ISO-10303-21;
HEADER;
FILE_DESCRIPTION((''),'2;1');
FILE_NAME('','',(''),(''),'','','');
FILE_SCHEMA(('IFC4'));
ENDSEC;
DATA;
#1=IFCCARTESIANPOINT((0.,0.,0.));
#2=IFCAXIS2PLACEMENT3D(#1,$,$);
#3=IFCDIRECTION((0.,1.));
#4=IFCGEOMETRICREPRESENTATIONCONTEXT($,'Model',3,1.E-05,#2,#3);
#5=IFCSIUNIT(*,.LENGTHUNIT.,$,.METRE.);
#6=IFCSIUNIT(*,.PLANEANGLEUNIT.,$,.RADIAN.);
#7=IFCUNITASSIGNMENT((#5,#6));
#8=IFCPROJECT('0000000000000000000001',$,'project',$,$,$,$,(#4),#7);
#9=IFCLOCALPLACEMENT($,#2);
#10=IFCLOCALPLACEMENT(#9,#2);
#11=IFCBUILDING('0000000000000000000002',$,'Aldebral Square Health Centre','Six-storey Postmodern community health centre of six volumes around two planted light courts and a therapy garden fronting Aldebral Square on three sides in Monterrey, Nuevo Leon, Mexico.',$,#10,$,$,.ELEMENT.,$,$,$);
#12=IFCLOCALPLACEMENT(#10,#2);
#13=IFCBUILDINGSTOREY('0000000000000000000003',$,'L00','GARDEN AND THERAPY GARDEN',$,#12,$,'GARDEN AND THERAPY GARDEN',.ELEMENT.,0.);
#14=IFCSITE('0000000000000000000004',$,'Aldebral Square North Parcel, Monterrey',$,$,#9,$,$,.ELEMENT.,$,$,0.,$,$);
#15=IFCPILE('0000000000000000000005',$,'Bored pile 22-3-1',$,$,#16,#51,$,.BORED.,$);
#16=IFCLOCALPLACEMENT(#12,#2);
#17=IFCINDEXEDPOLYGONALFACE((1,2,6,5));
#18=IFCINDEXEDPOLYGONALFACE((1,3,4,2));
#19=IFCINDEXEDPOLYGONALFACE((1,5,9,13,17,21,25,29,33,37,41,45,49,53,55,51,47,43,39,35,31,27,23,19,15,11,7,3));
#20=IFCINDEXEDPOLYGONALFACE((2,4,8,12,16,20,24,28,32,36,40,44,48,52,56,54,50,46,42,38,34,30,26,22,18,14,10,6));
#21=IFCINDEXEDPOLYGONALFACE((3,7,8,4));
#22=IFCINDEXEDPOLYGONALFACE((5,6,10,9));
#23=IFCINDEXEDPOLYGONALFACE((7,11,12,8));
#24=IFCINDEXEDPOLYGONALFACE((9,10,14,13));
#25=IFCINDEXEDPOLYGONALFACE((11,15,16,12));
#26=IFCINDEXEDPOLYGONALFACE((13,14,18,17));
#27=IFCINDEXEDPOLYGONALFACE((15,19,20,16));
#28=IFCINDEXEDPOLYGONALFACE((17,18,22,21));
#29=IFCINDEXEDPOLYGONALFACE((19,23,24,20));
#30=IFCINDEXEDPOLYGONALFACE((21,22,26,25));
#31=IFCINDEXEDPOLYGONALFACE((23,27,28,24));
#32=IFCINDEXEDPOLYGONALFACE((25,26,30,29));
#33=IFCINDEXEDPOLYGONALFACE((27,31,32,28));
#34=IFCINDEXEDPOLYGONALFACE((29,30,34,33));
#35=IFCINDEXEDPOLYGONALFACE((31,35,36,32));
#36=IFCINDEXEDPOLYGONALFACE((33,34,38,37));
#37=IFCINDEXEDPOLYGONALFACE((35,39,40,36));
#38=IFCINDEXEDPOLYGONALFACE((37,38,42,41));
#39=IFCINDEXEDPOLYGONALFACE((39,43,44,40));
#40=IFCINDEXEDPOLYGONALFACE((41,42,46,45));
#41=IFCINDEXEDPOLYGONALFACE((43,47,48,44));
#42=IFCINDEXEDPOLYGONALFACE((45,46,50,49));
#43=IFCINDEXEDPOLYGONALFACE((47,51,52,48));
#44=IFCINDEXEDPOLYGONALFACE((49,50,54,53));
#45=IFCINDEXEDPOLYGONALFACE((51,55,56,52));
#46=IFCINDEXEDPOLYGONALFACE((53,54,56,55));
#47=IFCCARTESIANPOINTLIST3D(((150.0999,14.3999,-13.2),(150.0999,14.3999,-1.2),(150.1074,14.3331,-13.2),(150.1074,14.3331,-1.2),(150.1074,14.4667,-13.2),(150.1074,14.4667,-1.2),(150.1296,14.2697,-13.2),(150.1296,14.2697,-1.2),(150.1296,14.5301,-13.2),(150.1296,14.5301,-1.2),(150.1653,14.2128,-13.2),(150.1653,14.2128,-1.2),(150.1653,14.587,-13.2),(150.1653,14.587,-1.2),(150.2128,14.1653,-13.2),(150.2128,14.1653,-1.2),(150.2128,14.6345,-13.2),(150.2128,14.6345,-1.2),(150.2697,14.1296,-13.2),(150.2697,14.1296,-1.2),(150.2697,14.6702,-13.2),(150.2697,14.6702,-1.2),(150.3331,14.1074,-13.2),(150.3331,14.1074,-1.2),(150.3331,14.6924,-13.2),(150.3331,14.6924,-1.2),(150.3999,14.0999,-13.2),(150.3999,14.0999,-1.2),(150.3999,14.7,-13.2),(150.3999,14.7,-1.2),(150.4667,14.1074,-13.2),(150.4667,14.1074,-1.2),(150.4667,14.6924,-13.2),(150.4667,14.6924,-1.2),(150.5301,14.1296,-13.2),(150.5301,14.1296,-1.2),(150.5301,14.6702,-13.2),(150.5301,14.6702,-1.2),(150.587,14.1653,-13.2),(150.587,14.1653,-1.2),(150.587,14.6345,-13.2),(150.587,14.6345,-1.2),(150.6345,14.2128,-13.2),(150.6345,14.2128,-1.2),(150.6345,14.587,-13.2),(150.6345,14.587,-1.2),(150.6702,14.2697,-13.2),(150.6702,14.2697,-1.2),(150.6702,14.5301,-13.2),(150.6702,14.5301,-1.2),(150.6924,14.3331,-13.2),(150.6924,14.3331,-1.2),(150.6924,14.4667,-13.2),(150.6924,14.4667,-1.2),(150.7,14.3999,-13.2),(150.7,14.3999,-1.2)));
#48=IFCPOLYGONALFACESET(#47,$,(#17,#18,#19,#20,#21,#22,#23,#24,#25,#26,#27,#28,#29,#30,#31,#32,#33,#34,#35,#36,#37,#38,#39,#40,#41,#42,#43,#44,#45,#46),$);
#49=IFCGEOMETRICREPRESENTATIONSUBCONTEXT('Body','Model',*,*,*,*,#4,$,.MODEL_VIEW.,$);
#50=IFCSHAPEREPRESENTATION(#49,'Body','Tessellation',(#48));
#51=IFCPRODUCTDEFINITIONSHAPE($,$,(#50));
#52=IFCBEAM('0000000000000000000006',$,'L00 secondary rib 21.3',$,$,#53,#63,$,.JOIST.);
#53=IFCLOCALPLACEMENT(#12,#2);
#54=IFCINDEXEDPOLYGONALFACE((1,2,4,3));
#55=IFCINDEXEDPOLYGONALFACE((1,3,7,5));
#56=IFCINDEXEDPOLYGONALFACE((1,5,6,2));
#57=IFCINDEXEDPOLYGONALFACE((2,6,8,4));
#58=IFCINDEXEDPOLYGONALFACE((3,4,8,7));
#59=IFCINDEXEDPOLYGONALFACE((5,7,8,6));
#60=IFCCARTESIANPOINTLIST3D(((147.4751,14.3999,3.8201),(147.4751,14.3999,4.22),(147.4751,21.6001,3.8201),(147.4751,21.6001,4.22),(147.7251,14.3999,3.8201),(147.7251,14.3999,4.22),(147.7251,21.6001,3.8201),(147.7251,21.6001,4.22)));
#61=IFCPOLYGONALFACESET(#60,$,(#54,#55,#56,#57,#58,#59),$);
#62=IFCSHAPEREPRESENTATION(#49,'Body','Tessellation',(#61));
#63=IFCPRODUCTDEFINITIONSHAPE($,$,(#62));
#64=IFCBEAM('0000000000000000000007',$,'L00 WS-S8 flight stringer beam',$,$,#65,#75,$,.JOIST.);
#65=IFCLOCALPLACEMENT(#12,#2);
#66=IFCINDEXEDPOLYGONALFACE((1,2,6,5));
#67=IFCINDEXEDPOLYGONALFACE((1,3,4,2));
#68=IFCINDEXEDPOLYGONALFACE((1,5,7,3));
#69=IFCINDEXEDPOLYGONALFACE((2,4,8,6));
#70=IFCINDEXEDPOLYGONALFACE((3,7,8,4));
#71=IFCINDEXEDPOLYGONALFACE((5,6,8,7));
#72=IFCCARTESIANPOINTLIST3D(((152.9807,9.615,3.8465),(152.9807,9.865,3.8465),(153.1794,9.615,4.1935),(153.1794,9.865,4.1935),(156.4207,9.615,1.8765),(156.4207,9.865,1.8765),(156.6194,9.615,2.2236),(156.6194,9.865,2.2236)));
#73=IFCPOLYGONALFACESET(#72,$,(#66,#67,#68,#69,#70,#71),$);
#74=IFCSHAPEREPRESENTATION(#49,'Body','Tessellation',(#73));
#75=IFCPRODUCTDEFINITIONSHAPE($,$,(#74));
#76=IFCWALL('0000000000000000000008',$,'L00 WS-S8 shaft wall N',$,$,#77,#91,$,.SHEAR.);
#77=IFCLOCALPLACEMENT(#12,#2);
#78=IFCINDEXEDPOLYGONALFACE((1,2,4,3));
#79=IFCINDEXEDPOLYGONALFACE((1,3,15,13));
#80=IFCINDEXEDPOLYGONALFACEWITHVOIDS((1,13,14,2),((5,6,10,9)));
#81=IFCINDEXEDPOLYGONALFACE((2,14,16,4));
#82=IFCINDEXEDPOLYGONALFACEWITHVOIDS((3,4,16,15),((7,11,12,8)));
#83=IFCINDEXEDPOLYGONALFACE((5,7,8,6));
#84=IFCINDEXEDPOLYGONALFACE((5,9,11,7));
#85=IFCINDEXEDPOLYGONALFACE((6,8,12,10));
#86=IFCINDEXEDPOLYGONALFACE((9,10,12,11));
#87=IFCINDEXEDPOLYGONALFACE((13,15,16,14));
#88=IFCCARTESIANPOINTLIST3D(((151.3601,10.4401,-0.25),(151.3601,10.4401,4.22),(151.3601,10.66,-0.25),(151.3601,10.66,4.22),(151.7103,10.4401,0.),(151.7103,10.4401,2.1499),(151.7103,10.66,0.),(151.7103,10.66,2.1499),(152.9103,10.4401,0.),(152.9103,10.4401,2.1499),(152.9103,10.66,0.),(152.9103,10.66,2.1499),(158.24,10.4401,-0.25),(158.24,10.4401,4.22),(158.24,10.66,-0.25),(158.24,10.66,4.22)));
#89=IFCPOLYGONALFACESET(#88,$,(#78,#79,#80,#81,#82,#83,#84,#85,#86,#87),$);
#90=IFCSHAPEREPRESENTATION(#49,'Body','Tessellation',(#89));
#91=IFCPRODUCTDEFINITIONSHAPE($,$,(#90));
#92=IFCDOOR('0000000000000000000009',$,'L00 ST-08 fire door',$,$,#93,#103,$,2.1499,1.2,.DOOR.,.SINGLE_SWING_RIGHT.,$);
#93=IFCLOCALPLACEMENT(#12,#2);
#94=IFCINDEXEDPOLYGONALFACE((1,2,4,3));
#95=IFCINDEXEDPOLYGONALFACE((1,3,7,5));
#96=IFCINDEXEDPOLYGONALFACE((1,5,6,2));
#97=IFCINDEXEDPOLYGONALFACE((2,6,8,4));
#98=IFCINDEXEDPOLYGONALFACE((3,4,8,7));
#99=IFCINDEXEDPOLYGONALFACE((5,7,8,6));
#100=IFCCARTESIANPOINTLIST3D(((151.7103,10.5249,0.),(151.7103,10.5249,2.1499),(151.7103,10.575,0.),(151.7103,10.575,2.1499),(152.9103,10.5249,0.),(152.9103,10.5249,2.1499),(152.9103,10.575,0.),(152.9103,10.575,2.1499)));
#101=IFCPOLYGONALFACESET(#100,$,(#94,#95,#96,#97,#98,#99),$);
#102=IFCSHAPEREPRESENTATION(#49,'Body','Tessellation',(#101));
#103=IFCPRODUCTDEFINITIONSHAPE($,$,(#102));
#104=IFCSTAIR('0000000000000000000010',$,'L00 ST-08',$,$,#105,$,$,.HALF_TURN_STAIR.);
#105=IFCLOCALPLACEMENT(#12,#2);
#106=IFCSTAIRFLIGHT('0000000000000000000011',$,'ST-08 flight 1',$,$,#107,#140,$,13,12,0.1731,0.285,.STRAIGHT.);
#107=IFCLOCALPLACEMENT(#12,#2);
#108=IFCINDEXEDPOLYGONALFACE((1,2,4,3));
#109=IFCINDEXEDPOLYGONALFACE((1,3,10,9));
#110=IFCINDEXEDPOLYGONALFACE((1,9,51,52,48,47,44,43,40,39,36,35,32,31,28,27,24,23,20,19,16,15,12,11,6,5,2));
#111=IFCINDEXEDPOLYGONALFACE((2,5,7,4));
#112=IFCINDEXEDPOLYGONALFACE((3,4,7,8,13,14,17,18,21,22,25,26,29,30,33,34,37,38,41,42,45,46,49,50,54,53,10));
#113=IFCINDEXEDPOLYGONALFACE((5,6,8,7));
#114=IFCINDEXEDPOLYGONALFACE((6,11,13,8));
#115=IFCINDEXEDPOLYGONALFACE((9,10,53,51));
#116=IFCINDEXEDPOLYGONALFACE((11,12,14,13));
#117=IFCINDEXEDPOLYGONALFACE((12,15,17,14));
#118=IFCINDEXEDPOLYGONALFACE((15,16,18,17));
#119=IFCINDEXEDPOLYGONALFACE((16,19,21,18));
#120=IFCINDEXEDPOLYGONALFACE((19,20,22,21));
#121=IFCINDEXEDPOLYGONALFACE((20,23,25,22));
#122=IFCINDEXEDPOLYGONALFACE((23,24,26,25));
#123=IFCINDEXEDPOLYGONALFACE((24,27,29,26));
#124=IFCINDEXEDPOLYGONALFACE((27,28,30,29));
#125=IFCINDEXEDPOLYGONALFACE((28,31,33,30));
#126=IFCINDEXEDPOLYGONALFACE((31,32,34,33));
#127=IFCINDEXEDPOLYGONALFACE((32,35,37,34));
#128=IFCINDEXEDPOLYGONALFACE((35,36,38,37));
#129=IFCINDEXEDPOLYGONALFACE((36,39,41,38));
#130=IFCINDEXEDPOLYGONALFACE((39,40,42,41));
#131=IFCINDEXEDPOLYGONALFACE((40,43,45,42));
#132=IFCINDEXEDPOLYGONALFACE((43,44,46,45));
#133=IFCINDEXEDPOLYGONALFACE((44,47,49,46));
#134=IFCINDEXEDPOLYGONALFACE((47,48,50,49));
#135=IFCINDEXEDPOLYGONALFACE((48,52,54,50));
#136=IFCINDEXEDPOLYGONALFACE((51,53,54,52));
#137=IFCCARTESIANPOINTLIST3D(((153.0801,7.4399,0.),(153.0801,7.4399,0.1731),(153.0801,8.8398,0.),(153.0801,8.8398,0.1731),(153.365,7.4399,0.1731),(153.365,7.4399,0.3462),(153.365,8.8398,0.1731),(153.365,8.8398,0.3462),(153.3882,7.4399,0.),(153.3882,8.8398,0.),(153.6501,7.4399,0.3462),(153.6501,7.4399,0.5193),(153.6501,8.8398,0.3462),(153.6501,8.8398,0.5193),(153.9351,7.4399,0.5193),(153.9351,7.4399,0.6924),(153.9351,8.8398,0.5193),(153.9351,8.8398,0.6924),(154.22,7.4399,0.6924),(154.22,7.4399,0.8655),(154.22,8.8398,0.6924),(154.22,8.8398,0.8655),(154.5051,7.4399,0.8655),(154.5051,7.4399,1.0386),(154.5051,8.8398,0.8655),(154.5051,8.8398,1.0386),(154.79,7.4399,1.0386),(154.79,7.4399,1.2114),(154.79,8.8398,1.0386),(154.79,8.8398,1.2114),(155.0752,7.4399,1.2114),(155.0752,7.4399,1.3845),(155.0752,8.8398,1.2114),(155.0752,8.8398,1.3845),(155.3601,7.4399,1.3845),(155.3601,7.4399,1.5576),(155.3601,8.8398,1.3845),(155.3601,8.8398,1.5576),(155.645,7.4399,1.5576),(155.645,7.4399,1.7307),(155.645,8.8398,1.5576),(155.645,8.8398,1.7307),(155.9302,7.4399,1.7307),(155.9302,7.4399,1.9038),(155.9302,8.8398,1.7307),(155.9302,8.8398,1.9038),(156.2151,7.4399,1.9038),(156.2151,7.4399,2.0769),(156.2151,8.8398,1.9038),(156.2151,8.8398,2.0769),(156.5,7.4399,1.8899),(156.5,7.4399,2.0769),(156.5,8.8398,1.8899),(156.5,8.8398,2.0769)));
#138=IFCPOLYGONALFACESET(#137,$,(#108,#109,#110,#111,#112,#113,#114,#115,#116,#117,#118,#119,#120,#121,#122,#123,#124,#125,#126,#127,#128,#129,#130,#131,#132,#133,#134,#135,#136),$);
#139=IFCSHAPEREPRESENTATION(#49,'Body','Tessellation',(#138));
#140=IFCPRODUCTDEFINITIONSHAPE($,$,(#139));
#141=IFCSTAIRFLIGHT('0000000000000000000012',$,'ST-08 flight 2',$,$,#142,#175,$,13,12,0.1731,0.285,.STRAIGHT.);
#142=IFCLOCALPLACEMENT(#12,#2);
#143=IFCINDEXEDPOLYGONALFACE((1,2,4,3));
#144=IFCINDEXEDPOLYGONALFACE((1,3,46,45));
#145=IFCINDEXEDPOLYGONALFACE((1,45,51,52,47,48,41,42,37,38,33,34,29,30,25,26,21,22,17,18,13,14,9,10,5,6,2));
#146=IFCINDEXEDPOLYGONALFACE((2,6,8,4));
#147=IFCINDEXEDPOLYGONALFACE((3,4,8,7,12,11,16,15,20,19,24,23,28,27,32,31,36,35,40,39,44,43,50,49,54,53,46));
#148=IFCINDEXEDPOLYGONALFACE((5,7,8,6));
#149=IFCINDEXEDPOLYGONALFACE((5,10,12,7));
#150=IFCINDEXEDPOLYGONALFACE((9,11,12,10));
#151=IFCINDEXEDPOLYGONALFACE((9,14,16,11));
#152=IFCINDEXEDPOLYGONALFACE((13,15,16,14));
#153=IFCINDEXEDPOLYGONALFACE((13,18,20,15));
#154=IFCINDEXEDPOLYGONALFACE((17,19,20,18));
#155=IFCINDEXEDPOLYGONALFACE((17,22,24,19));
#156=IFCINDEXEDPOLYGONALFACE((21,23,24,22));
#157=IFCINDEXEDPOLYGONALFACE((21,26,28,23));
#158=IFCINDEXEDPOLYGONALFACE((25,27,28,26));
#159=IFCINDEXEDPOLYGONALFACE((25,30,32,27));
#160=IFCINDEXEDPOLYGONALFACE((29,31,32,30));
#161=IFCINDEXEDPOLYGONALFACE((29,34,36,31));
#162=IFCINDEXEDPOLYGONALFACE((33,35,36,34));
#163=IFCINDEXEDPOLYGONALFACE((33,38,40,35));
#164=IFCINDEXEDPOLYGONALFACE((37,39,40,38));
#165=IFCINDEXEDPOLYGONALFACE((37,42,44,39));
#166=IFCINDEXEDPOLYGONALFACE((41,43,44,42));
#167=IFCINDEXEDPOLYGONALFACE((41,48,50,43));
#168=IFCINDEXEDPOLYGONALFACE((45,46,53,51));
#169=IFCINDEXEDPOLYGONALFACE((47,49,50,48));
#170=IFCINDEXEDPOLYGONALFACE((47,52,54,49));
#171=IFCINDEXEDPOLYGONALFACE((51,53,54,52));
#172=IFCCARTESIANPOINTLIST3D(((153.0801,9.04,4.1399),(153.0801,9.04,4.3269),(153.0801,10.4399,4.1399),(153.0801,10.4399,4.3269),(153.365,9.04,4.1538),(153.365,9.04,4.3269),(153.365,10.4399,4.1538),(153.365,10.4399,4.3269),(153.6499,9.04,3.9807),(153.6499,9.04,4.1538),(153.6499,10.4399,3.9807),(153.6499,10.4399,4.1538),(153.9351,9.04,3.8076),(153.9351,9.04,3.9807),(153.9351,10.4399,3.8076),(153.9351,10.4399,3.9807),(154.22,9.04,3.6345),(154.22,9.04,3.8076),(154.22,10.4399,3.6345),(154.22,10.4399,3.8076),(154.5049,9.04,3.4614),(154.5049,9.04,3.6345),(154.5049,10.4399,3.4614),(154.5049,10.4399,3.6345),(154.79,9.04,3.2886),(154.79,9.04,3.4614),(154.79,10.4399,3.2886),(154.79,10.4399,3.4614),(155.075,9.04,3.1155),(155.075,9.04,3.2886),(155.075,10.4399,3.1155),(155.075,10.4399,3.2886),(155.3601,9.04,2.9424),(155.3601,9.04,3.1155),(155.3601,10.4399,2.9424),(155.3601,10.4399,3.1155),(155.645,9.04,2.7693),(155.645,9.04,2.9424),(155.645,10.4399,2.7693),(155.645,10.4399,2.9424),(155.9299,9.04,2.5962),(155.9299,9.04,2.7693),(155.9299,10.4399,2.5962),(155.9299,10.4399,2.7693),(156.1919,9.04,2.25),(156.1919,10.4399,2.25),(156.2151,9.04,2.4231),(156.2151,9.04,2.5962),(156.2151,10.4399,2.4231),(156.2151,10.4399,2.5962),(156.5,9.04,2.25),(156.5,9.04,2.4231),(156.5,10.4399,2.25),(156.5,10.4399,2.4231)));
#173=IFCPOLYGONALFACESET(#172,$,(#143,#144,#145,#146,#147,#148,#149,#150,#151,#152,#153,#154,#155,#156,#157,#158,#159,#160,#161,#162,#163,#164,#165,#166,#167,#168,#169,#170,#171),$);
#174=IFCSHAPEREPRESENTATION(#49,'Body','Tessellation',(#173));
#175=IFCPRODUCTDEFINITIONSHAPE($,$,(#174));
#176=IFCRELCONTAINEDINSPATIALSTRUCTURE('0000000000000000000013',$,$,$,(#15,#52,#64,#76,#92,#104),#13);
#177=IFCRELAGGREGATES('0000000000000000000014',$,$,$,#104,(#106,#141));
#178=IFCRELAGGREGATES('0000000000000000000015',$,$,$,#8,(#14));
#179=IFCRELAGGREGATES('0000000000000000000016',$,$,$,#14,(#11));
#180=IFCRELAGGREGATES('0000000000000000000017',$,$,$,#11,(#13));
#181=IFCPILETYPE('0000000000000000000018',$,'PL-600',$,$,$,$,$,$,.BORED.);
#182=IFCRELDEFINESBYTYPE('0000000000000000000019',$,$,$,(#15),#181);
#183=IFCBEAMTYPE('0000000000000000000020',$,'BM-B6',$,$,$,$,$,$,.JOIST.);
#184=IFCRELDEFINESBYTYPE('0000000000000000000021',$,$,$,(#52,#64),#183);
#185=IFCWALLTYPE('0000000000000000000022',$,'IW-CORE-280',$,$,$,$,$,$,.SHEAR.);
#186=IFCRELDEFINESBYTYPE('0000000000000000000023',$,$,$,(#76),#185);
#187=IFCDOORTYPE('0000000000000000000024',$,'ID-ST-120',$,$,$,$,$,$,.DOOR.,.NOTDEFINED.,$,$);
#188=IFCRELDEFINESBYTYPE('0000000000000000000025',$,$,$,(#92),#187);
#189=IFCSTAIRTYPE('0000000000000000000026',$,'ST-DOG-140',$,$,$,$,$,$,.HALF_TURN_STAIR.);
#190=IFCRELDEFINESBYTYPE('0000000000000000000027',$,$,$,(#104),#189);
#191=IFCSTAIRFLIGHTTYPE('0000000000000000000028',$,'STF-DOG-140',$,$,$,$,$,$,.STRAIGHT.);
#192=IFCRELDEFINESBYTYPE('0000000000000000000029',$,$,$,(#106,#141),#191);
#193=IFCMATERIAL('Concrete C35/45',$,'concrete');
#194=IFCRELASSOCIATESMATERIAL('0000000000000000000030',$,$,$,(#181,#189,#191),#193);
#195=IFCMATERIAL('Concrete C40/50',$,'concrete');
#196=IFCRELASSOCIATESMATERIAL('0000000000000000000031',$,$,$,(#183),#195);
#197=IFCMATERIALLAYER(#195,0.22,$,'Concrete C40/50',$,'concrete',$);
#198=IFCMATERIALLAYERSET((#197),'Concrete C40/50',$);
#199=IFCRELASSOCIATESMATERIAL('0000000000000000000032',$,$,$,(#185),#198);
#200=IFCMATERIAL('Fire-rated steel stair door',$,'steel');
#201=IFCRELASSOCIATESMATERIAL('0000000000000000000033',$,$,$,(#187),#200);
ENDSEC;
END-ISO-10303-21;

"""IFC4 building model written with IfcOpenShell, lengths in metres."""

from ifc_helpers import new_model, si_unit, direction, frame, frame_2d, origin, origin_2d, place, context, subcontext, project, spatial, polyline, rectangle, circle, outline, extrude, material, layer, layer_set, material_profile, profile_set, type_object, element, fill, aggregate, save


model = new_model("IFC4")

# Units and contexts
model_context = context("Model", 3, precision=1e-05, world=origin(), true_north=direction((0.0, 1.0)))
body_context = subcontext(model_context, "Body", "Model", "MODEL_VIEW")
ifc_project = project(units=[si_unit("LENGTHUNIT", "METRE"), si_unit("PLANEANGLEUNIT", "RADIAN")], contexts=[model_context])

# Site, building, storey
site_placement = place(None, origin())
site = spatial("IfcSite", under=ifc_project, at=site_placement, Name="Aldebral Square North Parcel, Monterrey", CompositionType="ELEMENT", RefElevation=0.0)
building_placement = place(site_placement, origin())
building = spatial("IfcBuilding", under=site, at=building_placement, Name="Aldebral Square Health Centre", Description="Six-storey Postmodern community health centre of six volumes around two planted light courts and a therapy garden fronting Aldebral Square on three sides in Monterrey, Nuevo Leon, Mexico.", CompositionType="ELEMENT")
storey_placement = place(building_placement, origin())
storey = spatial("IfcBuildingStorey", under=building, at=storey_placement, Name="L00", Description="GARDEN AND THERAPY GARDEN", LongName="GARDEN AND THERAPY GARDEN", CompositionType="ELEMENT", Elevation=0.0)

# Pile
ifc_material_1 = material(Name="Concrete C35/45", Category="concrete")
ifc_material_profile_1 = material_profile(ifc_material_1, circle(Radius=0.3, at=origin_2d()), Name="PILE D600")
ifc_profile_set_1 = profile_set([ifc_material_profile_1], Name="Concrete C35/45")
pile_type = type_object("IfcPileType", Name="PL-600", PredefinedType="BORED", material=ifc_profile_set_1)
pile_placement = place(storey_placement, frame((150.3999, 14.3999, -1.2), z_axis=(0.0, 0.0, -1.0), x_axis=(1.0, 0.0, 0.0)))
element("IfcPile", 1, at=pile_placement, inside=storey, type_object=pile_type, Name="Bored pile 22-3-1", PredefinedType="BORED", context=body_context, shape_type="SweptSolid", body=[
    extrude(circle(Radius=0.3, at=origin_2d()), origin(), (0.0, 0.0, 1.0), 12.0),
])

# Beams
ifc_material_2 = material(Name="Concrete C40/50", Category="concrete")
ifc_material_profile_2 = material_profile(ifc_material_2, rectangle(XDim=0.25, YDim=0.3999, at=origin_2d()), Name="RC 250x400")
ifc_profile_set_2 = profile_set([ifc_material_profile_2], Name="Concrete C40/50")
beam_type = type_object("IfcBeamType", Name="BM-B6", PredefinedType="JOIST", material=ifc_profile_set_2)
beam_1_placement = place(storey_placement, frame((147.6001, 14.3999, 4.02), z_axis=(0.0, 1.0, 0.0), x_axis=(-1.0, 0.0, 0.0)))
element("IfcBeam", 2, at=beam_1_placement, inside=storey, type_object=beam_type, Name="L00 secondary rib 21.3", PredefinedType="JOIST", context=body_context, shape_type="SweptSolid", body=[
    extrude(rectangle(XDim=0.25, YDim=0.3999, at=origin_2d()), origin(), (0.0, 0.0, 1.0), 7.2002),
])
beam_2_placement = place(storey_placement, frame((156.52, 9.74, 2.05), z_axis=(-0.867777, 0.0, 0.496955), x_axis=(0.0, -1.0, 0.0)))
element("IfcBeam", 3, at=beam_2_placement, inside=storey, type_object=beam_type, Name="L00 WS-S8 flight stringer beam", PredefinedType="JOIST", context=body_context, shape_type="SweptSolid", body=[
    extrude(rectangle(XDim=0.25, YDim=0.3999, at=origin_2d()), origin(), (0.0, 0.0, 1.0), 3.9641),
])

# Wall, opening, door
ifc_layer = layer(ifc_material_2, 0.22, Name="Concrete C40/50", Category="concrete")
ifc_layer_set = layer_set([ifc_layer], Name="Concrete C40/50")
wall_type = type_object("IfcWallType", Name="IW-CORE-280", PredefinedType="SHEAR", material=ifc_layer_set)
wall_placement = place(storey_placement, frame((151.3601, 10.55, -0.25), z_axis=(0.0, 0.0, 1.0), x_axis=(1.0, 0.0, 0.0)))
wall = element("IfcWall", 4, at=wall_placement, inside=storey, type_object=wall_type, Name="L00 WS-S8 shaft wall N", PredefinedType="SHEAR", context=body_context, shape_type="SweptSolid", body=[
    extrude(rectangle(XDim=6.8799, YDim=0.22, at=frame_2d((3.4399, 0.0))), origin(), (0.0, 0.0, 1.0), 4.47),
])
opening_placement = place(wall_placement, frame((0.3501, 0.0, 0.25)))
opening = element("IfcOpeningElement", 5, at=opening_placement, cuts=wall, PredefinedType="OPENING", context=body_context, shape_type="SweptSolid", body=[
    extrude(rectangle(XDim=1.2, YDim=2.1499, at=frame_2d((0.6001, 1.075))), frame((0.0, 0.1201, 0.0), z_axis=(0.0, -1.0, 0.0), x_axis=(1.0, 0.0, 0.0)), (0.0, 0.0, 1.0), 0.24),
])
ifc_material_3 = material(Name="Fire-rated steel stair door", Category="steel")
door_type = type_object("IfcDoorType", Name="ID-ST-120", OperationType="NOTDEFINED", PredefinedType="DOOR", material=ifc_material_3)
door_placement = place(opening_placement, origin())
door = element("IfcDoor", 6, at=door_placement, inside=storey, type_object=door_type, Name="L00 ST-08 fire door", OperationType="SINGLE_SWING_RIGHT", OverallHeight=2.1499, OverallWidth=1.2, PredefinedType="DOOR", context=body_context, shape_type="SweptSolid", body=[
    extrude(rectangle(XDim=1.2, YDim=2.1499, at=frame_2d((0.6001, 1.075))), frame((0.0, 0.0249, 0.0), z_axis=(0.0, -1.0, 0.0), x_axis=(1.0, 0.0, 0.0)), (0.0, 0.0, 1.0), 0.05),
])
fill(opening, door)

# Stair, stair flights
stair_type = type_object("IfcStairType", Name="ST-DOG-140", PredefinedType="HALF_TURN_STAIR", material=ifc_material_1)
stair_placement = place(storey_placement, origin())
stair = element("IfcStair", 7, at=stair_placement, inside=storey, type_object=stair_type, Name="L00 ST-08", PredefinedType="HALF_TURN_STAIR")
stair_flight_type = type_object("IfcStairFlightType", Name="STF-DOG-140", PredefinedType="STRAIGHT", material=ifc_material_1)
stair_flight_1_placement = place(storey_placement, frame((153.0801, 8.1399, 0.0), z_axis=(0.0, 0.0, 1.0), x_axis=(1.0, 0.0, 0.0)))
stair_flight_1 = element("IfcStairFlight", 8, at=stair_flight_1_placement, type_object=stair_flight_type, Name="ST-08 flight 1", NumberOfRisers=13, NumberOfTreads=12, PredefinedType="STRAIGHT", RiserHeight=0.1731, TreadLength=0.285, context=body_context, shape_type="SweptSolid", body=[
    extrude(outline(polyline([(0.0, 0.0), (0.0, 0.1731), (0.2849, 0.1731), (0.2849, 0.3462), (0.5701, 0.3462), (0.5701, 0.5193), (0.855, 0.5193), (0.855, 0.6924), (1.1399, 0.6924), (1.1399, 0.8655), (1.425, 0.8655), (1.425, 1.0386), (1.71, 1.0386), (1.71, 1.2114), (1.9951, 1.2114), (1.9951, 1.3845), (2.28, 1.3845), (2.28, 1.5576), (2.5649, 1.5576), (2.5649, 1.7307), (2.8501, 1.7307), (2.8501, 1.9038), (3.135, 1.9038), (3.135, 2.0769), (3.4199, 2.0769), (3.4199, 2.25), (3.4199, 1.8899), (0.3081, 0.0), (0.0, 0.0)])), frame((0.0, 0.7, 0.0), z_axis=(0.0, -1.0, 0.0), x_axis=(1.0, 0.0, 0.0)), (0.0, 0.0, 1.0), 1.3999),
])
stair_flight_2_placement = place(storey_placement, frame((156.5, 9.74, 2.25), z_axis=(0.0, 0.0, 1.0), x_axis=(-1.0, 0.0, 0.0)))
stair_flight_2 = element("IfcStairFlight", 9, at=stair_flight_2_placement, type_object=stair_flight_type, Name="ST-08 flight 2", NumberOfRisers=13, NumberOfTreads=12, PredefinedType="STRAIGHT", RiserHeight=0.1731, TreadLength=0.285, context=body_context, shape_type="SweptSolid", body=[
    extrude(outline(polyline([(0.0, 0.0), (0.0, 0.1731), (0.2849, 0.1731), (0.2849, 0.3462), (0.5701, 0.3462), (0.5701, 0.5193), (0.855, 0.5193), (0.855, 0.6924), (1.1399, 0.6924), (1.1399, 0.8655), (1.425, 0.8655), (1.425, 1.0386), (1.71, 1.0386), (1.71, 1.2114), (1.9951, 1.2114), (1.9951, 1.3845), (2.28, 1.3845), (2.28, 1.5576), (2.5649, 1.5576), (2.5649, 1.7307), (2.8501, 1.7307), (2.8501, 1.9038), (3.135, 1.9038), (3.135, 2.0769), (3.4199, 2.0769), (3.4199, 2.25), (3.4199, 1.8899), (0.3081, 0.0), (0.0, 0.0)])), frame((0.0, 0.7, 0.0), z_axis=(0.0, -1.0, 0.0), x_axis=(1.0, 0.0, 0.0)), (0.0, 0.0, 1.0), 1.3999),
])
aggregate(stair, [stair_flight_1, stair_flight_2])

save(model, "model.ifc")
